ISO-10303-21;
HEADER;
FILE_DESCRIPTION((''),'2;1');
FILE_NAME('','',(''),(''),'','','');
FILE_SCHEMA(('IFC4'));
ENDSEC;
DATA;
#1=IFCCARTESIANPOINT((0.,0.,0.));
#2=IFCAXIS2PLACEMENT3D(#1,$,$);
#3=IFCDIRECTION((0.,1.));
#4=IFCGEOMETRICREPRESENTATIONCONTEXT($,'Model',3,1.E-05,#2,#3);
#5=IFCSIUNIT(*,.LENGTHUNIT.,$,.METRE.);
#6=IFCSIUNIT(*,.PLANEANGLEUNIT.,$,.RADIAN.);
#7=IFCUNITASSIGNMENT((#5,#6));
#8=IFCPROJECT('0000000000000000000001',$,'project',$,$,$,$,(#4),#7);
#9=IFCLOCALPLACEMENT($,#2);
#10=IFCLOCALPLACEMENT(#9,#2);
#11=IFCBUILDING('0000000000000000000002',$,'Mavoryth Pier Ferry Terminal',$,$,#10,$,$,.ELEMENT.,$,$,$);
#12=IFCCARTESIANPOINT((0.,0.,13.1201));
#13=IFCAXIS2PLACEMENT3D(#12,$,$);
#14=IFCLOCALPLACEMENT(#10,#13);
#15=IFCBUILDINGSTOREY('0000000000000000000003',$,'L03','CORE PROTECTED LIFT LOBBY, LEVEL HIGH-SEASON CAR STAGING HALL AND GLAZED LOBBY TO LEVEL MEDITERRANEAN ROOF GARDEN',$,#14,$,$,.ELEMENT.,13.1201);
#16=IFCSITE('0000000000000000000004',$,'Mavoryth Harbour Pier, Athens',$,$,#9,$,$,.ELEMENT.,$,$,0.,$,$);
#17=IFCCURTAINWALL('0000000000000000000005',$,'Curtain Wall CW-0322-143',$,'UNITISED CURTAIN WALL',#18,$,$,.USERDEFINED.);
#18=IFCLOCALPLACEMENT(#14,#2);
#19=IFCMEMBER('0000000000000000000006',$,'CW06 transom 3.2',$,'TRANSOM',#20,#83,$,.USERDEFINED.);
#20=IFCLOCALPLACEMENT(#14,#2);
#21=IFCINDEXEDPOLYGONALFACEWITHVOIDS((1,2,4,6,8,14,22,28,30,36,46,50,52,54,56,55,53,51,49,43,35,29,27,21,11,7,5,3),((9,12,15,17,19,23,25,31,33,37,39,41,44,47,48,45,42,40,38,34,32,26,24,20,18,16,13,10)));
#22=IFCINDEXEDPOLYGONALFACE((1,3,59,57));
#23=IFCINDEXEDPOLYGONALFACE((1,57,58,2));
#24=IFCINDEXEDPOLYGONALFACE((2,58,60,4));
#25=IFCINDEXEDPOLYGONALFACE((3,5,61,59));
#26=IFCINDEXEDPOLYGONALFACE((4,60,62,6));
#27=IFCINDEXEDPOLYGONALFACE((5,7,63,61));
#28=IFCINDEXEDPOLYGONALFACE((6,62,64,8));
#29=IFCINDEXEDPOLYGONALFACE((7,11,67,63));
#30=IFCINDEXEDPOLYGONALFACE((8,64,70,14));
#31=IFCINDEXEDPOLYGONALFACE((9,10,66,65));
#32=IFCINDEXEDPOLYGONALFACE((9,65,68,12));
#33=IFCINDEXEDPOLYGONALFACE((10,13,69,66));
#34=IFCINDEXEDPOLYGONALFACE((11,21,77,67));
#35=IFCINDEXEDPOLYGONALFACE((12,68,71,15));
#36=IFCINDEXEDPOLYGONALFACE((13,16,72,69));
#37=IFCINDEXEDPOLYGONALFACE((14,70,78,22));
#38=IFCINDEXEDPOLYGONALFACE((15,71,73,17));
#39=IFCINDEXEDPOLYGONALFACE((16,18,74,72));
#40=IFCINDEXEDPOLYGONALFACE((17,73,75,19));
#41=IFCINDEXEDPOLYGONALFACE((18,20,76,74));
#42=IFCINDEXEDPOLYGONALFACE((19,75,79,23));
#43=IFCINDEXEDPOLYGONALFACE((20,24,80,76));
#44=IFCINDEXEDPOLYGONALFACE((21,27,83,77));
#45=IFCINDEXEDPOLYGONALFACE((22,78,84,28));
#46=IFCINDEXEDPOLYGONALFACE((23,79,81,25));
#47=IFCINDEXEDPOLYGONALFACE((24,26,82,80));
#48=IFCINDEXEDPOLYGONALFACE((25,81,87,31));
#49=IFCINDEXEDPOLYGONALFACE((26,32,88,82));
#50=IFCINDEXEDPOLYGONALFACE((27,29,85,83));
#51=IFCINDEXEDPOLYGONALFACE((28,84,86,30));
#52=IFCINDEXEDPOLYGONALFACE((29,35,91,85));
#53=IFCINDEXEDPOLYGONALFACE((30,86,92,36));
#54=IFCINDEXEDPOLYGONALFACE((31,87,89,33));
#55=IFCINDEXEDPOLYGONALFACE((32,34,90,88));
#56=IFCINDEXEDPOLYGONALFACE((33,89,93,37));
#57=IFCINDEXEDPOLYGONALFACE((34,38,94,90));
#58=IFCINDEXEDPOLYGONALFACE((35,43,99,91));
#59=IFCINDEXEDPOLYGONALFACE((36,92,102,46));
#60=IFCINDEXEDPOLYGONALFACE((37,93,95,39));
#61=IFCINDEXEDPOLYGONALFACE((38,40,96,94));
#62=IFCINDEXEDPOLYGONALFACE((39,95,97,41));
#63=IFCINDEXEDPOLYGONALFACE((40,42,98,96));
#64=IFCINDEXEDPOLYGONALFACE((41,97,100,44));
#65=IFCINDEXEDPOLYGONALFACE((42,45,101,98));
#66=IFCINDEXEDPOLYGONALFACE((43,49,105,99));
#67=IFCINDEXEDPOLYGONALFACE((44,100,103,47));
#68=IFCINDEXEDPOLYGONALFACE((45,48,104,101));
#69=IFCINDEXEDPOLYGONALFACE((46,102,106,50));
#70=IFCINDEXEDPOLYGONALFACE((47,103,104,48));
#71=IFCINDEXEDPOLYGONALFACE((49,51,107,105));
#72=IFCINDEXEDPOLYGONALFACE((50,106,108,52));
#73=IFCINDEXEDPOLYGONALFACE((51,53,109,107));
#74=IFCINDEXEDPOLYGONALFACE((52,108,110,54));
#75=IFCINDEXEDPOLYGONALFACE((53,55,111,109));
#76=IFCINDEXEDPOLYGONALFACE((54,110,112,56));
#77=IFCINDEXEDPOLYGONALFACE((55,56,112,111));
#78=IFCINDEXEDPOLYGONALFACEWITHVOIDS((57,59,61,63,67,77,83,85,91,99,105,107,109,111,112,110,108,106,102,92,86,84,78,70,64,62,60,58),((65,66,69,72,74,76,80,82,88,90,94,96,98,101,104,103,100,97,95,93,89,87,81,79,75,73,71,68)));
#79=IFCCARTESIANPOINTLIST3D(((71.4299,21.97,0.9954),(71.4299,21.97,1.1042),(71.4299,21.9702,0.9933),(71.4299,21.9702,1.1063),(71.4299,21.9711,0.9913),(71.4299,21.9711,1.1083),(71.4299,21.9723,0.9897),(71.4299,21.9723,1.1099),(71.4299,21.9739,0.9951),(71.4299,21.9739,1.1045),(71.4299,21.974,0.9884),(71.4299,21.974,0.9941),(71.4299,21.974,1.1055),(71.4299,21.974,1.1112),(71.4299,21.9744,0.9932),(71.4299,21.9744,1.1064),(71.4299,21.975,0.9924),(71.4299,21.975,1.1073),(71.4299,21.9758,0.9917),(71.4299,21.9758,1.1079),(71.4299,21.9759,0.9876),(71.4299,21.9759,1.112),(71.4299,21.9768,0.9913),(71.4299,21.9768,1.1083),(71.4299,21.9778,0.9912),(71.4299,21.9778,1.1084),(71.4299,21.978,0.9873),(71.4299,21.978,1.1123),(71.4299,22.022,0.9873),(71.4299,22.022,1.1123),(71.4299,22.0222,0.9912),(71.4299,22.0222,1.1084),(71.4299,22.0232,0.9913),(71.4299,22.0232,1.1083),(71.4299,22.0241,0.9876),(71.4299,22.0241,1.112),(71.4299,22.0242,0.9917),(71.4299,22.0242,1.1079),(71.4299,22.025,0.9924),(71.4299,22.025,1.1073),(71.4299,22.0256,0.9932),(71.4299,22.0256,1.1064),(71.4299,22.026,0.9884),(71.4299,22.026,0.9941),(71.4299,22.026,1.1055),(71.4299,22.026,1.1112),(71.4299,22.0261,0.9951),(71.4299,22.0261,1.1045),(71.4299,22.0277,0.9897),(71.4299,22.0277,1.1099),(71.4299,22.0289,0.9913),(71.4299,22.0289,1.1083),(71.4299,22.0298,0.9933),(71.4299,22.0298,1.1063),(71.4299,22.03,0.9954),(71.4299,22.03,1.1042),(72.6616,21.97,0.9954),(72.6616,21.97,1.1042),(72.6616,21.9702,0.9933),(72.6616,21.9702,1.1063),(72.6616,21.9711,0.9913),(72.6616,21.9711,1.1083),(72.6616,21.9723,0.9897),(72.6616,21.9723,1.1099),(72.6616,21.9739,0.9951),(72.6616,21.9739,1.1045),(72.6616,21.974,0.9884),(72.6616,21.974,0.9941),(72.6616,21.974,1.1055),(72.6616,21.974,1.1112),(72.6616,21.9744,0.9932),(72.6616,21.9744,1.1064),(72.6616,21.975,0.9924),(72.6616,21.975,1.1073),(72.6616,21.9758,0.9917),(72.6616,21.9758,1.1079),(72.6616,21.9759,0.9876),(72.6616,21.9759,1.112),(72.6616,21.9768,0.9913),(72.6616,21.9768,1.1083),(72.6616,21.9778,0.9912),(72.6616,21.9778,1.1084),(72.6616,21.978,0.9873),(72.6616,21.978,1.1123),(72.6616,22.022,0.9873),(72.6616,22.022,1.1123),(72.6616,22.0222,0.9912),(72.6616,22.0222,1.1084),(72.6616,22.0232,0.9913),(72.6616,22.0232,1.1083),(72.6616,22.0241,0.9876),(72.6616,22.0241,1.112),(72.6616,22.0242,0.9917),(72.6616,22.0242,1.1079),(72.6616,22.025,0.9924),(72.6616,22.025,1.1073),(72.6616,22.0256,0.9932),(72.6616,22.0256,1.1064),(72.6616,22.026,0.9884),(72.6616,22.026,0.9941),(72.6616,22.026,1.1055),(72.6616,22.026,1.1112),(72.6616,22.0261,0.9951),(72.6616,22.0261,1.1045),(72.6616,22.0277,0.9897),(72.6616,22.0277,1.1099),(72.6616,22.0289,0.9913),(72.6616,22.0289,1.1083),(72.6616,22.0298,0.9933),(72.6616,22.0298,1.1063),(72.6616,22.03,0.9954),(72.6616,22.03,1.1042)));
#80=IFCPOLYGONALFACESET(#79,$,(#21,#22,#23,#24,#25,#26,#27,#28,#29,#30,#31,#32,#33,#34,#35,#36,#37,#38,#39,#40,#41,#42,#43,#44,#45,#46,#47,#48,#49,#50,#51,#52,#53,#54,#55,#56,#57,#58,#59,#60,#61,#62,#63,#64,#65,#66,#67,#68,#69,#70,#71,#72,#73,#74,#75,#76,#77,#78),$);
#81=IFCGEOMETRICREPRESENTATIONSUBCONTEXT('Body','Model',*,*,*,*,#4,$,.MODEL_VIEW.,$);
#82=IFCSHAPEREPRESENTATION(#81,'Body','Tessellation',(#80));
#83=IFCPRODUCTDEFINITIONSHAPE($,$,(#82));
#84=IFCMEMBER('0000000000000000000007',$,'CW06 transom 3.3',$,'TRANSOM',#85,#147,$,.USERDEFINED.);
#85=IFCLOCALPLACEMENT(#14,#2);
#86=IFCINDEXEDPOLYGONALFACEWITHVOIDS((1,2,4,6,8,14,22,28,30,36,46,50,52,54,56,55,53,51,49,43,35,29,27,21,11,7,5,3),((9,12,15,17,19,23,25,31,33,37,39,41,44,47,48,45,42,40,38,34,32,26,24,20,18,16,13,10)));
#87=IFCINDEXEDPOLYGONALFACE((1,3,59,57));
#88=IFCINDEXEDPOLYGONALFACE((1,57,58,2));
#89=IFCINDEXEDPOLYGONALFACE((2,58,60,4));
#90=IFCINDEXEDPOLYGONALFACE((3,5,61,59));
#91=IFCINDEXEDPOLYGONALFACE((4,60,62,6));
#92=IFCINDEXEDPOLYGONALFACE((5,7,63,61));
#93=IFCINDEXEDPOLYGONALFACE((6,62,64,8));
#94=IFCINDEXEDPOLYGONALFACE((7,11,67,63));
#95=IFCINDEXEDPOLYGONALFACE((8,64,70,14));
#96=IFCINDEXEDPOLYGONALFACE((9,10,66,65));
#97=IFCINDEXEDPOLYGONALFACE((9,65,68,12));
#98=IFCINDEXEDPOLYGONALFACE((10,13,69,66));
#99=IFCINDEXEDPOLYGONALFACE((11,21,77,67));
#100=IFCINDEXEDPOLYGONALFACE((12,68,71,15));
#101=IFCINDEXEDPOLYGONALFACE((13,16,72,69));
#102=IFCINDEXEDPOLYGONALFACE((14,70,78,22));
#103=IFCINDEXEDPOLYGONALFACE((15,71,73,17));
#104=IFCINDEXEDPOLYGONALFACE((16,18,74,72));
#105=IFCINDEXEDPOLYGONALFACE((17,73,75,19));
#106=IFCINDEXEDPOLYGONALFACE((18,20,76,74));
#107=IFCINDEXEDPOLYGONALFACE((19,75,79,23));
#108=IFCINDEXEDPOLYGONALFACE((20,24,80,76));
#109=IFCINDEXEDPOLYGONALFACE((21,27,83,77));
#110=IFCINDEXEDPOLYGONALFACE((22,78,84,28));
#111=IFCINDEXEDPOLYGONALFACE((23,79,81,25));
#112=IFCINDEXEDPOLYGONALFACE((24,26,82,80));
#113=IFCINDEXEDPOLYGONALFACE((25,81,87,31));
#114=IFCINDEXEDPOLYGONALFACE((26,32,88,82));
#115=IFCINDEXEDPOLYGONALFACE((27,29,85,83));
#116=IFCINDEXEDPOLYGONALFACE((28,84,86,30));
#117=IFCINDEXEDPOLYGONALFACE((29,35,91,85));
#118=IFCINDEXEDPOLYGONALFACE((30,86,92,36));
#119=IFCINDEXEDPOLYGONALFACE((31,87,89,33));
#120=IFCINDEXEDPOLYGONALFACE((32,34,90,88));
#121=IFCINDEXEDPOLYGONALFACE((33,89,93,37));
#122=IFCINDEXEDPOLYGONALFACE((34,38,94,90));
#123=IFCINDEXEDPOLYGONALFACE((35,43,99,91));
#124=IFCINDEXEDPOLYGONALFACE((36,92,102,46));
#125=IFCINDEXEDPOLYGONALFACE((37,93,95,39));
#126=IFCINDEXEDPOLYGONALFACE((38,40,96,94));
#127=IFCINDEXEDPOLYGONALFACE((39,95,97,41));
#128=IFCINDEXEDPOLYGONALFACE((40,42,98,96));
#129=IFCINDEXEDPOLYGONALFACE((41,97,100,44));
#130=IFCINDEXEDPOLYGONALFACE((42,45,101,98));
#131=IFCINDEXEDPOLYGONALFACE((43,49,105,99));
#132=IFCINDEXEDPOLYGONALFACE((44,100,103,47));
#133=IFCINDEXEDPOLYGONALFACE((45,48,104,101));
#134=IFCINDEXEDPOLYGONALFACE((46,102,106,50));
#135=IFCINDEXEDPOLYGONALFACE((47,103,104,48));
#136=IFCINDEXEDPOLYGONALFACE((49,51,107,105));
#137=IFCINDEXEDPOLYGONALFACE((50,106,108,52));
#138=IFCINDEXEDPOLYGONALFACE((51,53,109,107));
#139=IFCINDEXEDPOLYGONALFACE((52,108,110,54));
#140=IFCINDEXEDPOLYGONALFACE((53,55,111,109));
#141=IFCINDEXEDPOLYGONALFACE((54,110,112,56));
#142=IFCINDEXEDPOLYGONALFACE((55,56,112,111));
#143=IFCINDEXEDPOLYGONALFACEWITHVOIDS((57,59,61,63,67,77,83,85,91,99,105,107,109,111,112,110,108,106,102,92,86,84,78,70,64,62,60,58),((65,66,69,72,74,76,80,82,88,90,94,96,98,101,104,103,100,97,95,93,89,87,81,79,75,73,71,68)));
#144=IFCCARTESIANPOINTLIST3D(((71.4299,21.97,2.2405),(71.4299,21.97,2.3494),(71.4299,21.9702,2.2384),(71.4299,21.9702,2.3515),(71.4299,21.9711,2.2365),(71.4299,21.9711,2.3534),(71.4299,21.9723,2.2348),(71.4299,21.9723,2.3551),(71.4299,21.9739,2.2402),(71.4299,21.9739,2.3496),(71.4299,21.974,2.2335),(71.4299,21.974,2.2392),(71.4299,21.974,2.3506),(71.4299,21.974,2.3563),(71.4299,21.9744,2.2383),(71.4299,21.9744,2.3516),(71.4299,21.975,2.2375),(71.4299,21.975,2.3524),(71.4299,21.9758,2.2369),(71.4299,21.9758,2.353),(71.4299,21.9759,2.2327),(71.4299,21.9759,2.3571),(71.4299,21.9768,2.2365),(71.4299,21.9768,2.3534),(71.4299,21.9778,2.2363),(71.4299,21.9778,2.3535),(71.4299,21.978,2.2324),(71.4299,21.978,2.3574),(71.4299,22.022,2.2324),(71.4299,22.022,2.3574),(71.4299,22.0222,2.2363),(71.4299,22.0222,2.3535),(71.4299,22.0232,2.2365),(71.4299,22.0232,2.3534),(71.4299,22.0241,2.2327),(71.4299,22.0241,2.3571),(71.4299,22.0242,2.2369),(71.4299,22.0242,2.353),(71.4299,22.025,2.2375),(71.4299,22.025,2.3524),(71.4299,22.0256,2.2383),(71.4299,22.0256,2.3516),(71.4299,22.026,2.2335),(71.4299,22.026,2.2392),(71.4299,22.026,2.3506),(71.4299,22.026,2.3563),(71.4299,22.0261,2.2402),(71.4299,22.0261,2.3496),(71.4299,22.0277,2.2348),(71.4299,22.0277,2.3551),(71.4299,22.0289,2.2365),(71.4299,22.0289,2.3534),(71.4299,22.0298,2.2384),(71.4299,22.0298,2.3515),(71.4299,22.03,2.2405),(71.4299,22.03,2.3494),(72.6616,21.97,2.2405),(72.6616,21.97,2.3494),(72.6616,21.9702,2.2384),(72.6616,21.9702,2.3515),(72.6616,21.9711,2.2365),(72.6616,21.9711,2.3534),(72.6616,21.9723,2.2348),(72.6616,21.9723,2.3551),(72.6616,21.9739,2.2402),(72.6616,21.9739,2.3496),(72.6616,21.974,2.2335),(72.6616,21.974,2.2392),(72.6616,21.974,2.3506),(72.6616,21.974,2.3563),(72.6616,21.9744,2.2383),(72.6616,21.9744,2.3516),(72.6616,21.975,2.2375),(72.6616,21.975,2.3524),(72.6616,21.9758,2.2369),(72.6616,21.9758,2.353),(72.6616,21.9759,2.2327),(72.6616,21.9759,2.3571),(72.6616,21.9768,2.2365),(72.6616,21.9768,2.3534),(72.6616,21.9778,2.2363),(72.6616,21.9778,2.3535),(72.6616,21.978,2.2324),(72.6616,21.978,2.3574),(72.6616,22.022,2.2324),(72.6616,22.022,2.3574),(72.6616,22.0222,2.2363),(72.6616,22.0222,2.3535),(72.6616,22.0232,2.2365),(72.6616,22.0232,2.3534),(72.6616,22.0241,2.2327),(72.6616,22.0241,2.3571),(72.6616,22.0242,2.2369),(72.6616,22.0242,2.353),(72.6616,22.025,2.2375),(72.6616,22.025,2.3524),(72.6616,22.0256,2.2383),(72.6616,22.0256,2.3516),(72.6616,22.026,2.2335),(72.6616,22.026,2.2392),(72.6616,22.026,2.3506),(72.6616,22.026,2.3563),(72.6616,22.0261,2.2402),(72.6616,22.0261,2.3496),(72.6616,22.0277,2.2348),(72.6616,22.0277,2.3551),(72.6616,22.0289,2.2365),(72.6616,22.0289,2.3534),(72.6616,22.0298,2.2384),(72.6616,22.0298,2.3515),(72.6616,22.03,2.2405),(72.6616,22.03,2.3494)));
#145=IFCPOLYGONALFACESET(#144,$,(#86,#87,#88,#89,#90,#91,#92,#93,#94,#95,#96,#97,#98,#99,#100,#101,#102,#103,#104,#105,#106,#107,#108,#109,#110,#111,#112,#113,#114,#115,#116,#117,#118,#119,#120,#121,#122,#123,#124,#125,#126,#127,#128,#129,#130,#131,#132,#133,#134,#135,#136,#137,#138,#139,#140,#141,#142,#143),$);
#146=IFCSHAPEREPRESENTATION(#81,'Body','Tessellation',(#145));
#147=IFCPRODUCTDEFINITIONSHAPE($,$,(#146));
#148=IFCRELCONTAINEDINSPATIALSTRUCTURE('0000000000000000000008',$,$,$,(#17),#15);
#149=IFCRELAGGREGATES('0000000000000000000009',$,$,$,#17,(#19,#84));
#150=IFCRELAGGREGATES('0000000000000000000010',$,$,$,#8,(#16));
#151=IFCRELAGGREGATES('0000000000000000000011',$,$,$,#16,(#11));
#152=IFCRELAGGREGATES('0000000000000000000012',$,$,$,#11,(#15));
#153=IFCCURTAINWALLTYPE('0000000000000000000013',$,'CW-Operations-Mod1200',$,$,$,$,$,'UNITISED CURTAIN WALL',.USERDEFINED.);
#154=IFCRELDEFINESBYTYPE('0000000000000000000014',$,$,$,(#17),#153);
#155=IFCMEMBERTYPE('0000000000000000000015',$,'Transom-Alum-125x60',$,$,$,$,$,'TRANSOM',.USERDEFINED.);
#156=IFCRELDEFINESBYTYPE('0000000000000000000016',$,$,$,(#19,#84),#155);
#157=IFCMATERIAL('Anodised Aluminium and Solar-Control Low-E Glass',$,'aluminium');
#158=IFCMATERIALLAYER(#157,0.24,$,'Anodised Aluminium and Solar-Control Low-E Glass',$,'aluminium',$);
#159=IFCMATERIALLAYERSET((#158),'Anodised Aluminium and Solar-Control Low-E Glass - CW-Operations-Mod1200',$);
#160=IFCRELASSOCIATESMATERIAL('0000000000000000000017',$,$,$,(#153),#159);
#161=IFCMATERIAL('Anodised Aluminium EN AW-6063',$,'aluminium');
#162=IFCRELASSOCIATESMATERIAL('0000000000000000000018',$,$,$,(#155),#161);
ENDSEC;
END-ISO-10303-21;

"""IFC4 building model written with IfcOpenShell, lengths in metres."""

from ifc_helpers import new_model, si_unit, direction, frame, origin, origin_2d, place, context, subcontext, project, spatial, hollow_rectangle, extrude, material, layer, layer_set, material_profile, profile_set, type_object, element, aggregate, save


model = new_model("IFC4")

# Units and contexts
model_context = context("Model", 3, precision=1e-05, world=origin(), true_north=direction((0.0, 1.0)))
body_context = subcontext(model_context, "Body", "Model", "MODEL_VIEW")
ifc_project = project(units=[si_unit("LENGTHUNIT", "METRE"), si_unit("PLANEANGLEUNIT", "RADIAN")], contexts=[model_context])

# Site, building, storey
site_placement = place(None, origin())
site = spatial("IfcSite", under=ifc_project, at=site_placement, Name="Mavoryth Harbour Pier, Athens", CompositionType="ELEMENT", RefElevation=0.0)
building_placement = place(site_placement, origin())
building = spatial("IfcBuilding", under=site, at=building_placement, Name="Mavoryth Pier Ferry Terminal", CompositionType="ELEMENT")
storey_placement = place(building_placement, frame((0.0, 0.0, 13.1201)))
storey = spatial("IfcBuildingStorey", under=building, at=storey_placement, Name="L03", Description="CORE PROTECTED LIFT LOBBY, LEVEL HIGH-SEASON CAR STAGING HALL AND GLAZED LOBBY TO LEVEL MEDITERRANEAN ROOF GARDEN", CompositionType="ELEMENT", Elevation=13.1201)

# Curtain wall, members
ifc_material_1 = material(Name="Anodised Aluminium and Solar-Control Low-E Glass", Category="aluminium")
ifc_layer_1 = layer(ifc_material_1, 0.24, Name="Anodised Aluminium and Solar-Control Low-E Glass", Category="aluminium")
ifc_layer_set_1 = layer_set([ifc_layer_1], Name="Anodised Aluminium and Solar-Control Low-E Glass - CW-Operations-Mod1200")
curtain_wall_type = type_object("IfcCurtainWallType", Name="CW-Operations-Mod1200", ElementType="UNITISED CURTAIN WALL", PredefinedType="USERDEFINED", material=ifc_layer_set_1)
curtain_wall_placement = place(storey_placement, origin())
curtain_wall = element("IfcCurtainWall", 1, at=curtain_wall_placement, inside=storey, type_object=curtain_wall_type, Name="Curtain Wall CW-0322-143", ObjectType="UNITISED CURTAIN WALL", PredefinedType="USERDEFINED")
ifc_material_2 = material(Name="Anodised Aluminium EN AW-6063", Category="aluminium")
ifc_material_profile_1 = material_profile(ifc_material_2, hollow_rectangle(XDim=0.0601, YDim=0.125, WallThickness=0.0039, InnerFilletRadius=0.0039, OuterFilletRadius=0.0081, at=origin_2d()), Name="AL-TRAN 125x60x4", Category="aluminium")
ifc_profile_set_1 = profile_set([ifc_material_profile_1], Name="Anodised Aluminium EN AW-6063 - AL-TRAN 125x60x4")
member_type_1 = type_object("IfcMemberType", Name="Transom-Alum-125x60", ElementType="TRANSOM", PredefinedType="USERDEFINED", material=ifc_profile_set_1)
member_1_placement = place(storey_placement, frame((72.6616, 22.0, 1.0498), z_axis=(-1.0, 0.0, 0.0), x_axis=(0.0, -1.0, 0.0)))
member_1 = element("IfcMember", 2, at=member_1_placement, type_object=member_type_1, Name="CW06 transom 3.2", ObjectType="TRANSOM", PredefinedType="USERDEFINED", context=body_context, shape_type="SweptSolid", body=[
    extrude(hollow_rectangle(XDim=0.0601, YDim=0.125, WallThickness=0.0039, InnerFilletRadius=0.0039, OuterFilletRadius=0.0081, at=origin_2d()), origin(), (0.0, 0.0, 1.0), 1.2317),
])
member_2_placement = place(storey_placement, frame((72.6616, 22.0, 2.2949), z_axis=(-1.0, 0.0, 0.0), x_axis=(0.0, -1.0, 0.0)))
member_2 = element("IfcMember", 3, at=member_2_placement, type_object=member_type_1, Name="CW06 transom 3.3", ObjectType="TRANSOM", PredefinedType="USERDEFINED", context=body_context, shape_type="SweptSolid", body=[
    extrude(hollow_rectangle(XDim=0.0601, YDim=0.125, WallThickness=0.0039, InnerFilletRadius=0.0039, OuterFilletRadius=0.0081, at=origin_2d()), origin(), (0.0, 0.0, 1.0), 1.2317),
])
aggregate(curtain_wall, [member_1, member_2])

save(model, "model.ifc")
